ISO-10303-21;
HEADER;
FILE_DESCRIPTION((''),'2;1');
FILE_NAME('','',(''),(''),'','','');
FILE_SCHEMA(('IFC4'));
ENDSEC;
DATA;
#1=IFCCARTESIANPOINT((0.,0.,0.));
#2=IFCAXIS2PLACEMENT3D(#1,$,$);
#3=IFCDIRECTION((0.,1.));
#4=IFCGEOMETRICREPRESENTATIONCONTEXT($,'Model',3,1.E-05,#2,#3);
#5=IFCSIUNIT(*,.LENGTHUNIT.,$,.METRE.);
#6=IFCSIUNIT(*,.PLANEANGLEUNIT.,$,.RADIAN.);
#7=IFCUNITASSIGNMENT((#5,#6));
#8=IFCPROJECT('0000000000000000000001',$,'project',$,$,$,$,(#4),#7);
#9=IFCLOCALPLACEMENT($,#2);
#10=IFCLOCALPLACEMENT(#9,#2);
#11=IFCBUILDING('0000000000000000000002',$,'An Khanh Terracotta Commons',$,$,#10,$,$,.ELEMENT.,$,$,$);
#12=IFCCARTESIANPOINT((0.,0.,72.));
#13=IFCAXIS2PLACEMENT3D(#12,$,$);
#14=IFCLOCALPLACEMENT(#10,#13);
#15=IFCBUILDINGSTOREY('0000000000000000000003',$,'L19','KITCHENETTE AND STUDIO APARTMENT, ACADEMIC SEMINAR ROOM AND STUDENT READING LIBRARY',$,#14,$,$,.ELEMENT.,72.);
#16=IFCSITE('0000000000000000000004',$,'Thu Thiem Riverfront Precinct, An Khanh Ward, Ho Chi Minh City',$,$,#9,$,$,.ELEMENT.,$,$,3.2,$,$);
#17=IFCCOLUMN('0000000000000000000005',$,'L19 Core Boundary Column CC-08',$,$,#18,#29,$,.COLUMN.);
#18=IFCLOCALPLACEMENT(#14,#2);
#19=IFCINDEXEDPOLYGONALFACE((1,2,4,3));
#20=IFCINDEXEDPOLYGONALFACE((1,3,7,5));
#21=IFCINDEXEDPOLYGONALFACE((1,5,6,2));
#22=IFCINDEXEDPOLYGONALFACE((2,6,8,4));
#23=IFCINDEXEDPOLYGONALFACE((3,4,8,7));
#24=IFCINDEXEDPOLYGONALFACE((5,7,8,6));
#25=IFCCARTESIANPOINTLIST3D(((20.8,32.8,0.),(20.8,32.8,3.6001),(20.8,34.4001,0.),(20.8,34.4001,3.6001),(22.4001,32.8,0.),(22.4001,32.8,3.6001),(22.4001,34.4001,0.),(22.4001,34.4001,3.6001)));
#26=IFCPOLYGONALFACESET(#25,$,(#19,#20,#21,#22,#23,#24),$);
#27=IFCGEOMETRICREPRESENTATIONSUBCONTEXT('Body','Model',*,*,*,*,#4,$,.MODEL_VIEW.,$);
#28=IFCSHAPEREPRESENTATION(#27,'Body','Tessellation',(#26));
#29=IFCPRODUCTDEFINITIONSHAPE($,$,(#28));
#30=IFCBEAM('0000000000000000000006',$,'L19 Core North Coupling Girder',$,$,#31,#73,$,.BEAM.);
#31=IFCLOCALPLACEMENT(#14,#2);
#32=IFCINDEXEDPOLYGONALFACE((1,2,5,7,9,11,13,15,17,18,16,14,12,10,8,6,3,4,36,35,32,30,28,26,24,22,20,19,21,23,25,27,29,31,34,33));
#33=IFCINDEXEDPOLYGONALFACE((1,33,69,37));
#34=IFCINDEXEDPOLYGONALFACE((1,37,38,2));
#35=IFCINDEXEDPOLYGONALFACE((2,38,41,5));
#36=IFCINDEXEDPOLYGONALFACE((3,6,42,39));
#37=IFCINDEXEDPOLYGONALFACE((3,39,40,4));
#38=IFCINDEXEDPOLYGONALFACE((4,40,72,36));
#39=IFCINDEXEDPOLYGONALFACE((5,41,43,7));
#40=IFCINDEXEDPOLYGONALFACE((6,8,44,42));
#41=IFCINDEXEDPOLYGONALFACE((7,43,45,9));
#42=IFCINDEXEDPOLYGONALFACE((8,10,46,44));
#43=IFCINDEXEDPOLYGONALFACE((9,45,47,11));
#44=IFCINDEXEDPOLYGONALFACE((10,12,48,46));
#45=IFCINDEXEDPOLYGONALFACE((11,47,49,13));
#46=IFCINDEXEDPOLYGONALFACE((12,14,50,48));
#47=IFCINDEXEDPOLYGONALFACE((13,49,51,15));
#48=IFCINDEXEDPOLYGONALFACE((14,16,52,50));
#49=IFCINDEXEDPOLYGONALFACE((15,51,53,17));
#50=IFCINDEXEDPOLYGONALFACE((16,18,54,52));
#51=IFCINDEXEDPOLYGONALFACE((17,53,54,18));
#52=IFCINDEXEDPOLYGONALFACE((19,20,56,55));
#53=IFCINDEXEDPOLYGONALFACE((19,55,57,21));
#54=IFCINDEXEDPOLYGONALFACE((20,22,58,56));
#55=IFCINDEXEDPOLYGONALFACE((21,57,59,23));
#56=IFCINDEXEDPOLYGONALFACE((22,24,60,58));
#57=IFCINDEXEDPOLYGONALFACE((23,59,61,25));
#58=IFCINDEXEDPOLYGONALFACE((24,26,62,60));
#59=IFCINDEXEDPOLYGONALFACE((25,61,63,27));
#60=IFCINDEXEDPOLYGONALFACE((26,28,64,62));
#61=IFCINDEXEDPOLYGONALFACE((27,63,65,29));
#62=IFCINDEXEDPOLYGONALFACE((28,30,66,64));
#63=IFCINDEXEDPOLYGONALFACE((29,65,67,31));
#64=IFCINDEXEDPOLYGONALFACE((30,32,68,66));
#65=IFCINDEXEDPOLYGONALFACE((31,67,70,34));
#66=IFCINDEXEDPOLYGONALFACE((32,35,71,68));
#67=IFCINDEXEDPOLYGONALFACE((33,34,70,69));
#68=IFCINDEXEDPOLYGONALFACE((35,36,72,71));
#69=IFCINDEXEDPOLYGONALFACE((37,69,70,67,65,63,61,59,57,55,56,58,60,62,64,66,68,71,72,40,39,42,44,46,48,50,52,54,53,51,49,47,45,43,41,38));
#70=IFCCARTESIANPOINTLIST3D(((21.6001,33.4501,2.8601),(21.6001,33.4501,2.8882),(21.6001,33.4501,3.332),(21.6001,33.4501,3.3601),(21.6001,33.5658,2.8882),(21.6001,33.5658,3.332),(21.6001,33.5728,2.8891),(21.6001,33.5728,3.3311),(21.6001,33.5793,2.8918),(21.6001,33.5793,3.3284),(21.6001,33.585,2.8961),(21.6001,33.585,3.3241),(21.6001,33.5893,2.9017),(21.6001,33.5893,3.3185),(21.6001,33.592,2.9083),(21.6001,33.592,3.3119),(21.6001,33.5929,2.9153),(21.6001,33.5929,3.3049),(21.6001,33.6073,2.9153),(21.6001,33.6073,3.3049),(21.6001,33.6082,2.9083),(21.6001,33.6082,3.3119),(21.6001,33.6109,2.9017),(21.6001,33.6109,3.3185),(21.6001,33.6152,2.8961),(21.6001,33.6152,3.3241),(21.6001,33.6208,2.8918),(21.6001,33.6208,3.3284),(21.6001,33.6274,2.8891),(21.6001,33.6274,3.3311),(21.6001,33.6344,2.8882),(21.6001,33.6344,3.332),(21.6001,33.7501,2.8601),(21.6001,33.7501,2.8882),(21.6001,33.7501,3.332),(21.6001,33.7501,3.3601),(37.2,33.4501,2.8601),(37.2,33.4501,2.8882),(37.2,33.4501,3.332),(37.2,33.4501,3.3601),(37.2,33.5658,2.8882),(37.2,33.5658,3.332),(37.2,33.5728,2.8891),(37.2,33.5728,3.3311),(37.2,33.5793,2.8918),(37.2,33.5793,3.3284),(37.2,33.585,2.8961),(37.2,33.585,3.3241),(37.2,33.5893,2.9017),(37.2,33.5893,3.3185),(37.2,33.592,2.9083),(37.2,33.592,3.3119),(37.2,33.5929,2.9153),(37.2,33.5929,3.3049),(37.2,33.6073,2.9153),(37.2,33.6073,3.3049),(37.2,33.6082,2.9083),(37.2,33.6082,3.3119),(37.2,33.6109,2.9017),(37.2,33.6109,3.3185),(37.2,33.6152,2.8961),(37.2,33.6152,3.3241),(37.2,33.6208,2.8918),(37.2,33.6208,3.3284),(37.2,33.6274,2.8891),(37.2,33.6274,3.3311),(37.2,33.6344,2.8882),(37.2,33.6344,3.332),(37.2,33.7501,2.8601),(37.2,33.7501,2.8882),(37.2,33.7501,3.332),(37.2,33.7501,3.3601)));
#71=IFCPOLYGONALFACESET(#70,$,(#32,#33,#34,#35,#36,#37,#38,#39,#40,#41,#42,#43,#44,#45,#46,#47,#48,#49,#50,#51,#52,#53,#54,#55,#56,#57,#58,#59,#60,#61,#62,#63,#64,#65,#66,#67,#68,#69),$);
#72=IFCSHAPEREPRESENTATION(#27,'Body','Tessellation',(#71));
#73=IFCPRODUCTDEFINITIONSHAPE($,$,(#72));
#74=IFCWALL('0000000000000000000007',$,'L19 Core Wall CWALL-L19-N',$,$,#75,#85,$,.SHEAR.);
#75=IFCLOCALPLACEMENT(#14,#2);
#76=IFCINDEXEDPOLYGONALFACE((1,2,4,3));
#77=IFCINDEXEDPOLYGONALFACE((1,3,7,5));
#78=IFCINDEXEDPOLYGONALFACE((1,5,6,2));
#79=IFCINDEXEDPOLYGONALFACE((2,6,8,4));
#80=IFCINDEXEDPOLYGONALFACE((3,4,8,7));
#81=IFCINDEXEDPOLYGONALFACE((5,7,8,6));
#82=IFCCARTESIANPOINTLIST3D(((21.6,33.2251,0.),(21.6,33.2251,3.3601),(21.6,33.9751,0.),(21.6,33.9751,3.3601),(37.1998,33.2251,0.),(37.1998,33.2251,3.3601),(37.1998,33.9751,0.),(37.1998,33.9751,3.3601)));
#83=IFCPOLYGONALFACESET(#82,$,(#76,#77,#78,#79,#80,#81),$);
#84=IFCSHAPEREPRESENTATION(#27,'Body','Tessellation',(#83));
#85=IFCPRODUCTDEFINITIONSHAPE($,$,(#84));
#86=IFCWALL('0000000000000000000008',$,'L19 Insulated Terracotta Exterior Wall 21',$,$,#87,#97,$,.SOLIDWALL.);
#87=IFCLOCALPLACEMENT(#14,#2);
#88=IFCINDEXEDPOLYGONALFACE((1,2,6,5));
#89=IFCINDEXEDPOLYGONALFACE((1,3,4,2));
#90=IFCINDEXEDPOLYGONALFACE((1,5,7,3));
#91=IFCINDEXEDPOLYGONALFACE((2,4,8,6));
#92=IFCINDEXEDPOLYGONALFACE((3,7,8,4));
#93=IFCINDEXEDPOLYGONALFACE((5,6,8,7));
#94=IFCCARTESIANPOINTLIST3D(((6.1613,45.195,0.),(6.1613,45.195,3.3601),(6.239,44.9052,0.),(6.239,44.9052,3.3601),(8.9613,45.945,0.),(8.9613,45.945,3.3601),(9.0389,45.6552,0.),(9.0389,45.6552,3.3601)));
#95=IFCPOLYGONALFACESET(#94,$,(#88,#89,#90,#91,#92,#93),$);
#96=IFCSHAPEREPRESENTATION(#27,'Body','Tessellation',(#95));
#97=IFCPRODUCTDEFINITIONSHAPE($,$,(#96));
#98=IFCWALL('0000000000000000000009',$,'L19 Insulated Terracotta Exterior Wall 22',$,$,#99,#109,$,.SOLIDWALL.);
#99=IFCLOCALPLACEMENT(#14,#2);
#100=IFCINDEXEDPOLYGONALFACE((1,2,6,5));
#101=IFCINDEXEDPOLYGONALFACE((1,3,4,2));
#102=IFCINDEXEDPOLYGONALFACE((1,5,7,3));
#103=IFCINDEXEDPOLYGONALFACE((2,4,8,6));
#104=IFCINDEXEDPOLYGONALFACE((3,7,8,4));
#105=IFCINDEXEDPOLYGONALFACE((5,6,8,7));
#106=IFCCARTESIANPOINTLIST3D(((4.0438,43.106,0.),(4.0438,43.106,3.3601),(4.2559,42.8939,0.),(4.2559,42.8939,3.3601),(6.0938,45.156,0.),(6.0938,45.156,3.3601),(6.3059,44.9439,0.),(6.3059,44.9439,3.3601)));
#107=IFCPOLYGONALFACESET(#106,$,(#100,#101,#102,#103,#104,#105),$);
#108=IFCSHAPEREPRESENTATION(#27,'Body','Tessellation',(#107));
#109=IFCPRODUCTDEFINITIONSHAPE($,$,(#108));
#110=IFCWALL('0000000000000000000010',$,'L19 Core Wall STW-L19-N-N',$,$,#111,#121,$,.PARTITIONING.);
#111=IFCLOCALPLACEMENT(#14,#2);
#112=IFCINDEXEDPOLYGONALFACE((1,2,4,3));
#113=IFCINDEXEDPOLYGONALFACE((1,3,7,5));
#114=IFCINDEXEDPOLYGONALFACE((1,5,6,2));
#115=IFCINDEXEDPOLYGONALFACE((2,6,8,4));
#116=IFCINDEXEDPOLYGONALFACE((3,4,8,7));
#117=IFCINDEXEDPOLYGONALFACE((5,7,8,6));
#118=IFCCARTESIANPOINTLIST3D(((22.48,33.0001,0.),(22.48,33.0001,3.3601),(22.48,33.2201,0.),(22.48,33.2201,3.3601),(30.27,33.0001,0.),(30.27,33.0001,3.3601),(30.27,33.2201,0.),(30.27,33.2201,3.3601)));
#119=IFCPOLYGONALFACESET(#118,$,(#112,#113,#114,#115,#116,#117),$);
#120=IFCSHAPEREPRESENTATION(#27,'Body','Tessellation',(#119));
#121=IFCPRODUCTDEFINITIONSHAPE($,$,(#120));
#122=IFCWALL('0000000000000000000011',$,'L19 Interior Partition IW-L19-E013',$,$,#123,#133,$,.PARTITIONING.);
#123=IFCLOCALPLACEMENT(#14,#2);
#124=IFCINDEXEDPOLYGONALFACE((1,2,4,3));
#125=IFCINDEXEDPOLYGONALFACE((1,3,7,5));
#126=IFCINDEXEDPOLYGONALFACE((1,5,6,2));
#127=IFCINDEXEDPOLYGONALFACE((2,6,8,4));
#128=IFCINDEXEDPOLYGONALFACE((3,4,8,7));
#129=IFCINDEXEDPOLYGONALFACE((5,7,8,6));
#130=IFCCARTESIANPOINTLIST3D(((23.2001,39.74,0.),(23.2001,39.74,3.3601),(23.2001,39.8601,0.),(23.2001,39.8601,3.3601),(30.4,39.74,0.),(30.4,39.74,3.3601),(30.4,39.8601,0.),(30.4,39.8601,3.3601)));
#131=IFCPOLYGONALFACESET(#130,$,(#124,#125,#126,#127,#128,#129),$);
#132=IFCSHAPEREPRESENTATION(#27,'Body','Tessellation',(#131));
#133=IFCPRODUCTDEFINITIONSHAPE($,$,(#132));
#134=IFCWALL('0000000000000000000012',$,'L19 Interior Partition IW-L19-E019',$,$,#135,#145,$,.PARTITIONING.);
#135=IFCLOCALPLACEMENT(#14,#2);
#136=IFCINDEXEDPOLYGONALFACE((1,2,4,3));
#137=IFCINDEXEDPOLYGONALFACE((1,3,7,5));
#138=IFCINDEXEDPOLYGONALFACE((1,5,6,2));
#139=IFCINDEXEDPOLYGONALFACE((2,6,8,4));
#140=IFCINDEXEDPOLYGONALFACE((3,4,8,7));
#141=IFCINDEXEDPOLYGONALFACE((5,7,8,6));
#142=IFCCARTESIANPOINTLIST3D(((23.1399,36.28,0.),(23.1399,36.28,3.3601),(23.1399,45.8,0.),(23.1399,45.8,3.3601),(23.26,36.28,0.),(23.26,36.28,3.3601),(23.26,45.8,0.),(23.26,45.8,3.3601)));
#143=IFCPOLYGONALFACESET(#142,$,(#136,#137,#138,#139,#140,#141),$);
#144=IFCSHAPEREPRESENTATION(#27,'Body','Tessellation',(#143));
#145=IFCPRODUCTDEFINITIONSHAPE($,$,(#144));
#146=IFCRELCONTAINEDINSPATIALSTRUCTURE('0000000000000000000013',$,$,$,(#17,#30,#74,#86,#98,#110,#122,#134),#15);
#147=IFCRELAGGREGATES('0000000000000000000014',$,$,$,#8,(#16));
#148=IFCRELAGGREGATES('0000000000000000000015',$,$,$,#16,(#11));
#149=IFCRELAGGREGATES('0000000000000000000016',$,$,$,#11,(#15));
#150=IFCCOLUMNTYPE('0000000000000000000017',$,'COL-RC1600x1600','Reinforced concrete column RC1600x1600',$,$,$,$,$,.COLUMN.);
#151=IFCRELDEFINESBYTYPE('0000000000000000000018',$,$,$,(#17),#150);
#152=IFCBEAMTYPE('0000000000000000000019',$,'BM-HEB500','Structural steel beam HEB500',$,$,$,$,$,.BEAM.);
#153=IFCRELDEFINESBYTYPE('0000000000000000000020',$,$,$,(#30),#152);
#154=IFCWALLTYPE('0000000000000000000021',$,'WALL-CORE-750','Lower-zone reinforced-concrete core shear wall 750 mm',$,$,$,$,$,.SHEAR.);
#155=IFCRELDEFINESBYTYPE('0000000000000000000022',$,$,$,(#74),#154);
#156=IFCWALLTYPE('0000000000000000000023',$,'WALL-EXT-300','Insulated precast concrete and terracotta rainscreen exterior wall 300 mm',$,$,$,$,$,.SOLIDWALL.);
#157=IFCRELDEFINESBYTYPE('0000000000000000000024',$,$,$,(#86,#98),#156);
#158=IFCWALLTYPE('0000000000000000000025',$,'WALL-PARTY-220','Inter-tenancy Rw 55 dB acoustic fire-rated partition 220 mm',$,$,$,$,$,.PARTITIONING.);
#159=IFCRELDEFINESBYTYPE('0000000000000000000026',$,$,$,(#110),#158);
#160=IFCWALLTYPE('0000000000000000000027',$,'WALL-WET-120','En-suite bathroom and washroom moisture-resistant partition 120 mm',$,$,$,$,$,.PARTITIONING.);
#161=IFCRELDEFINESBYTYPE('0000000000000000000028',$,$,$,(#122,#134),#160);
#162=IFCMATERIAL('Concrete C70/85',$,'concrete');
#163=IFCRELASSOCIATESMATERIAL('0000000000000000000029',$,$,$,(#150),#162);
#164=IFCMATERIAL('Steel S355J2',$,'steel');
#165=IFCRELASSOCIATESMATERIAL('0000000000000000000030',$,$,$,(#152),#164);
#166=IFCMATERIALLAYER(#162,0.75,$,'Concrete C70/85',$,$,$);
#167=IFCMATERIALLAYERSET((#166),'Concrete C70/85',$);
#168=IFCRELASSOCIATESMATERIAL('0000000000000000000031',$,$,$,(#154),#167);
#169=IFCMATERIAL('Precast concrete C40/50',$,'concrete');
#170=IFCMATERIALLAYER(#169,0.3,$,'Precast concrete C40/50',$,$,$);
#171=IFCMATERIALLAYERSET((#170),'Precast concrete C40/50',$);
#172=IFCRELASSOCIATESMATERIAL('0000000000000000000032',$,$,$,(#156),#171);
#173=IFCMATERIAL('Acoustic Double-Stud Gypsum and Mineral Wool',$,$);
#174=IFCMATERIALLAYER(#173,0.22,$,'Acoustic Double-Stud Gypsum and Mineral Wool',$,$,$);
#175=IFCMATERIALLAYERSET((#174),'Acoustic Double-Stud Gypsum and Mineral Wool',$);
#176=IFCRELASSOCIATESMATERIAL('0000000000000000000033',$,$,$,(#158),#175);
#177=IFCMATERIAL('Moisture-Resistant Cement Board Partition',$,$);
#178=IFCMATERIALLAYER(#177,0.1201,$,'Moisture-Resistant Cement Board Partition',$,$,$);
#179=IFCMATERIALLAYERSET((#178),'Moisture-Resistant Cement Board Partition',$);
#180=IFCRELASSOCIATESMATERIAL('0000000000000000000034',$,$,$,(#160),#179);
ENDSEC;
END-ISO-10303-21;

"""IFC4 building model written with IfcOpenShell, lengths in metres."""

from ifc_helpers import new_model, si_unit, direction, frame, frame_2d, origin, origin_2d, place, context, subcontext, project, spatial, rectangle, i_section, extrude, material, layer, layer_set, material_profile, profile_set, type_object, element, save


model = new_model("IFC4")

# Units and contexts
model_context = context("Model", 3, precision=1e-05, world=origin(), true_north=direction((0.0, 1.0)))
body_context = subcontext(model_context, "Body", "Model", "MODEL_VIEW")
ifc_project = project(units=[si_unit("LENGTHUNIT", "METRE"), si_unit("PLANEANGLEUNIT", "RADIAN")], contexts=[model_context])

# Site, building, storey
site_placement = place(None, origin())
site = spatial("IfcSite", under=ifc_project, at=site_placement, Name="Thu Thiem Riverfront Precinct, An Khanh Ward, Ho Chi Minh City", CompositionType="ELEMENT", RefElevation=3.2)
building_placement = place(site_placement, origin())
building = spatial("IfcBuilding", under=site, at=building_placement, Name="An Khanh Terracotta Commons", CompositionType="ELEMENT")
storey_placement = place(building_placement, frame((0.0, 0.0, 72.0)))
storey = spatial("IfcBuildingStorey", under=building, at=storey_placement, Name="L19", Description="KITCHENETTE AND STUDIO APARTMENT, ACADEMIC SEMINAR ROOM AND STUDENT READING LIBRARY", CompositionType="ELEMENT", Elevation=72.0)

# Column
ifc_material_1 = material(Name="Concrete C70/85", Category="concrete")
ifc_material_profile_1 = material_profile(ifc_material_1, rectangle(XDim=1.6001, YDim=1.6001, at=origin_2d()), Name="RC1600x1600")
ifc_profile_set_1 = profile_set([ifc_material_profile_1], Name="Concrete C70/85")
column_type = type_object("IfcColumnType", Name="COL-RC1600x1600", Description="Reinforced concrete column RC1600x1600", PredefinedType="COLUMN", material=ifc_profile_set_1)
column_placement = place(storey_placement, frame((21.6001, 33.6001, 0.0), z_axis=(0.0, 0.0, 1.0), x_axis=(1.0, 0.0, 0.0)))
element("IfcColumn", 1, at=column_placement, inside=storey, type_object=column_type, Name="L19 Core Boundary Column CC-08", PredefinedType="COLUMN", context=body_context, shape_type="SweptSolid", body=[
    extrude(rectangle(XDim=1.6001, YDim=1.6001, at=origin_2d()), origin(), (0.0, 0.0, 1.0), 3.6001),
])

# Beam
ifc_material_2 = material(Name="Steel S355J2", Category="steel")
ifc_material_profile_2 = material_profile(ifc_material_2, i_section(OverallWidth=0.3, OverallDepth=0.5, WebThickness=0.0144, FlangeThickness=0.0281, FilletRadius=0.0271, at=origin_2d()), Name="HEB500")
ifc_profile_set_2 = profile_set([ifc_material_profile_2], Name="Steel S355J2")
beam_type = type_object("IfcBeamType", Name="BM-HEB500", Description="Structural steel beam HEB500", PredefinedType="BEAM", material=ifc_profile_set_2)
beam_placement = place(storey_placement, frame((21.6001, 33.6001, 3.1101), z_axis=(1.0, 0.0, 0.0), x_axis=(0.0, 1.0, 0.0)))
element("IfcBeam", 2, at=beam_placement, inside=storey, type_object=beam_type, Name="L19 Core North Coupling Girder", PredefinedType="BEAM", context=body_context, shape_type="SweptSolid", body=[
    extrude(i_section(OverallWidth=0.3, OverallDepth=0.5, WebThickness=0.0144, FlangeThickness=0.0281, FilletRadius=0.0271, at=origin_2d()), origin(), (0.0, 0.0, 1.0), 15.5999),
])

# Walls
ifc_layer_1 = layer(ifc_material_1, 0.75, Name="Concrete C70/85")
ifc_layer_set_1 = layer_set([ifc_layer_1], Name="Concrete C70/85")
wall_type_1 = type_object("IfcWallType", Name="WALL-CORE-750", Description="Lower-zone reinforced-concrete core shear wall 750 mm", PredefinedType="SHEAR", material=ifc_layer_set_1)
wall_1_placement = place(storey_placement, frame((21.6001, 33.6001, 0.0), z_axis=(0.0, 0.0, 1.0), x_axis=(1.0, 0.0, 0.0)))
element("IfcWall", 3, at=wall_1_placement, inside=storey, type_object=wall_type_1, Name="L19 Core Wall CWALL-L19-N", PredefinedType="SHEAR", context=body_context, shape_type="SweptSolid", body=[
    extrude(rectangle(XDim=15.5999, YDim=0.75, at=frame_2d((7.7998, 0.0))), origin(), (0.0, 0.0, 1.0), 3.3601),
])
ifc_material_3 = material(Name="Precast concrete C40/50", Category="concrete")
ifc_layer_2 = layer(ifc_material_3, 0.3, Name="Precast concrete C40/50")
ifc_layer_set_2 = layer_set([ifc_layer_2], Name="Precast concrete C40/50")
wall_type_2 = type_object("IfcWallType", Name="WALL-EXT-300", Description="Insulated precast concrete and terracotta rainscreen exterior wall 300 mm", PredefinedType="SOLIDWALL", material=ifc_layer_set_2)
wall_2_placement = place(storey_placement, frame((9.0, 45.8, 0.0), z_axis=(0.0, 0.0, 1.0), x_axis=(-0.965949, -0.258732, 0.0)))
element("IfcWall", 4, at=wall_2_placement, inside=storey, type_object=wall_type_2, Name="L19 Insulated Terracotta Exterior Wall 21", PredefinedType="SOLIDWALL", context=body_context, shape_type="SweptSolid", body=[
    extrude(rectangle(XDim=2.8987, YDim=0.3, at=frame_2d((1.4492, 0.0))), origin(), (0.0, 0.0, 1.0), 3.3601),
])
wall_3_placement = place(storey_placement, frame((6.2, 45.05, 0.0), z_axis=(0.0, 0.0, 1.0), x_axis=(-0.707107, -0.707107, 0.0)))
element("IfcWall", 5, at=wall_3_placement, inside=storey, type_object=wall_type_2, Name="L19 Insulated Terracotta Exterior Wall 22", PredefinedType="SOLIDWALL", context=body_context, shape_type="SweptSolid", body=[
    extrude(rectangle(XDim=2.8992, YDim=0.3, at=frame_2d((1.4497, 0.0))), origin(), (0.0, 0.0, 1.0), 3.3601),
])
ifc_material_4 = material(Name="Acoustic Double-Stud Gypsum and Mineral Wool")
ifc_layer_3 = layer(ifc_material_4, 0.22, Name="Acoustic Double-Stud Gypsum and Mineral Wool")
ifc_layer_set_3 = layer_set([ifc_layer_3], Name="Acoustic Double-Stud Gypsum and Mineral Wool")
wall_type_3 = type_object("IfcWallType", Name="WALL-PARTY-220", Description="Inter-tenancy Rw 55 dB acoustic fire-rated partition 220 mm", PredefinedType="PARTITIONING", material=ifc_layer_set_3)
wall_4_placement = place(storey_placement, frame((22.48, 33.1101, 0.0), z_axis=(0.0, 0.0, 1.0), x_axis=(1.0, 0.0, 0.0)))
element("IfcWall", 6, at=wall_4_placement, inside=storey, type_object=wall_type_3, Name="L19 Core Wall STW-L19-N-N", PredefinedType="PARTITIONING", context=body_context, shape_type="SweptSolid", body=[
    extrude(rectangle(XDim=7.79, YDim=0.22, at=frame_2d((3.895, 0.0))), origin(), (0.0, 0.0, 1.0), 3.3601),
])
ifc_material_5 = material(Name="Moisture-Resistant Cement Board Partition")
ifc_layer_4 = layer(ifc_material_5, 0.1201, Name="Moisture-Resistant Cement Board Partition")
ifc_layer_set_4 = layer_set([ifc_layer_4], Name="Moisture-Resistant Cement Board Partition")
wall_type_4 = type_object("IfcWallType", Name="WALL-WET-120", Description="En-suite bathroom and washroom moisture-resistant partition 120 mm", PredefinedType="PARTITIONING", material=ifc_layer_set_4)
wall_5_placement = place(storey_placement, frame((23.2, 39.8, 0.0), z_axis=(0.0, 0.0, 1.0), x_axis=(1.0, 0.0, 0.0)))
element("IfcWall", 7, at=wall_5_placement, inside=storey, type_object=wall_type_4, Name="L19 Interior Partition IW-L19-E013", PredefinedType="PARTITIONING", context=body_context, shape_type="SweptSolid", body=[
    extrude(rectangle(XDim=7.2, YDim=0.1201, at=frame_2d((3.6001, 0.0))), origin(), (0.0, 0.0, 1.0), 3.3601),
])
wall_6_placement = place(storey_placement, frame((23.2, 36.28, 0.0), z_axis=(0.0, 0.0, 1.0), x_axis=(0.0, 1.0, 0.0)))
element("IfcWall", 8, at=wall_6_placement, inside=storey, type_object=wall_type_4, Name="L19 Interior Partition IW-L19-E019", PredefinedType="PARTITIONING", context=body_context, shape_type="SweptSolid", body=[
    extrude(rectangle(XDim=9.52, YDim=0.1201, at=frame_2d((4.76, 0.0))), origin(), (0.0, 0.0, 1.0), 3.3601),
])

save(model, "model.ifc")
